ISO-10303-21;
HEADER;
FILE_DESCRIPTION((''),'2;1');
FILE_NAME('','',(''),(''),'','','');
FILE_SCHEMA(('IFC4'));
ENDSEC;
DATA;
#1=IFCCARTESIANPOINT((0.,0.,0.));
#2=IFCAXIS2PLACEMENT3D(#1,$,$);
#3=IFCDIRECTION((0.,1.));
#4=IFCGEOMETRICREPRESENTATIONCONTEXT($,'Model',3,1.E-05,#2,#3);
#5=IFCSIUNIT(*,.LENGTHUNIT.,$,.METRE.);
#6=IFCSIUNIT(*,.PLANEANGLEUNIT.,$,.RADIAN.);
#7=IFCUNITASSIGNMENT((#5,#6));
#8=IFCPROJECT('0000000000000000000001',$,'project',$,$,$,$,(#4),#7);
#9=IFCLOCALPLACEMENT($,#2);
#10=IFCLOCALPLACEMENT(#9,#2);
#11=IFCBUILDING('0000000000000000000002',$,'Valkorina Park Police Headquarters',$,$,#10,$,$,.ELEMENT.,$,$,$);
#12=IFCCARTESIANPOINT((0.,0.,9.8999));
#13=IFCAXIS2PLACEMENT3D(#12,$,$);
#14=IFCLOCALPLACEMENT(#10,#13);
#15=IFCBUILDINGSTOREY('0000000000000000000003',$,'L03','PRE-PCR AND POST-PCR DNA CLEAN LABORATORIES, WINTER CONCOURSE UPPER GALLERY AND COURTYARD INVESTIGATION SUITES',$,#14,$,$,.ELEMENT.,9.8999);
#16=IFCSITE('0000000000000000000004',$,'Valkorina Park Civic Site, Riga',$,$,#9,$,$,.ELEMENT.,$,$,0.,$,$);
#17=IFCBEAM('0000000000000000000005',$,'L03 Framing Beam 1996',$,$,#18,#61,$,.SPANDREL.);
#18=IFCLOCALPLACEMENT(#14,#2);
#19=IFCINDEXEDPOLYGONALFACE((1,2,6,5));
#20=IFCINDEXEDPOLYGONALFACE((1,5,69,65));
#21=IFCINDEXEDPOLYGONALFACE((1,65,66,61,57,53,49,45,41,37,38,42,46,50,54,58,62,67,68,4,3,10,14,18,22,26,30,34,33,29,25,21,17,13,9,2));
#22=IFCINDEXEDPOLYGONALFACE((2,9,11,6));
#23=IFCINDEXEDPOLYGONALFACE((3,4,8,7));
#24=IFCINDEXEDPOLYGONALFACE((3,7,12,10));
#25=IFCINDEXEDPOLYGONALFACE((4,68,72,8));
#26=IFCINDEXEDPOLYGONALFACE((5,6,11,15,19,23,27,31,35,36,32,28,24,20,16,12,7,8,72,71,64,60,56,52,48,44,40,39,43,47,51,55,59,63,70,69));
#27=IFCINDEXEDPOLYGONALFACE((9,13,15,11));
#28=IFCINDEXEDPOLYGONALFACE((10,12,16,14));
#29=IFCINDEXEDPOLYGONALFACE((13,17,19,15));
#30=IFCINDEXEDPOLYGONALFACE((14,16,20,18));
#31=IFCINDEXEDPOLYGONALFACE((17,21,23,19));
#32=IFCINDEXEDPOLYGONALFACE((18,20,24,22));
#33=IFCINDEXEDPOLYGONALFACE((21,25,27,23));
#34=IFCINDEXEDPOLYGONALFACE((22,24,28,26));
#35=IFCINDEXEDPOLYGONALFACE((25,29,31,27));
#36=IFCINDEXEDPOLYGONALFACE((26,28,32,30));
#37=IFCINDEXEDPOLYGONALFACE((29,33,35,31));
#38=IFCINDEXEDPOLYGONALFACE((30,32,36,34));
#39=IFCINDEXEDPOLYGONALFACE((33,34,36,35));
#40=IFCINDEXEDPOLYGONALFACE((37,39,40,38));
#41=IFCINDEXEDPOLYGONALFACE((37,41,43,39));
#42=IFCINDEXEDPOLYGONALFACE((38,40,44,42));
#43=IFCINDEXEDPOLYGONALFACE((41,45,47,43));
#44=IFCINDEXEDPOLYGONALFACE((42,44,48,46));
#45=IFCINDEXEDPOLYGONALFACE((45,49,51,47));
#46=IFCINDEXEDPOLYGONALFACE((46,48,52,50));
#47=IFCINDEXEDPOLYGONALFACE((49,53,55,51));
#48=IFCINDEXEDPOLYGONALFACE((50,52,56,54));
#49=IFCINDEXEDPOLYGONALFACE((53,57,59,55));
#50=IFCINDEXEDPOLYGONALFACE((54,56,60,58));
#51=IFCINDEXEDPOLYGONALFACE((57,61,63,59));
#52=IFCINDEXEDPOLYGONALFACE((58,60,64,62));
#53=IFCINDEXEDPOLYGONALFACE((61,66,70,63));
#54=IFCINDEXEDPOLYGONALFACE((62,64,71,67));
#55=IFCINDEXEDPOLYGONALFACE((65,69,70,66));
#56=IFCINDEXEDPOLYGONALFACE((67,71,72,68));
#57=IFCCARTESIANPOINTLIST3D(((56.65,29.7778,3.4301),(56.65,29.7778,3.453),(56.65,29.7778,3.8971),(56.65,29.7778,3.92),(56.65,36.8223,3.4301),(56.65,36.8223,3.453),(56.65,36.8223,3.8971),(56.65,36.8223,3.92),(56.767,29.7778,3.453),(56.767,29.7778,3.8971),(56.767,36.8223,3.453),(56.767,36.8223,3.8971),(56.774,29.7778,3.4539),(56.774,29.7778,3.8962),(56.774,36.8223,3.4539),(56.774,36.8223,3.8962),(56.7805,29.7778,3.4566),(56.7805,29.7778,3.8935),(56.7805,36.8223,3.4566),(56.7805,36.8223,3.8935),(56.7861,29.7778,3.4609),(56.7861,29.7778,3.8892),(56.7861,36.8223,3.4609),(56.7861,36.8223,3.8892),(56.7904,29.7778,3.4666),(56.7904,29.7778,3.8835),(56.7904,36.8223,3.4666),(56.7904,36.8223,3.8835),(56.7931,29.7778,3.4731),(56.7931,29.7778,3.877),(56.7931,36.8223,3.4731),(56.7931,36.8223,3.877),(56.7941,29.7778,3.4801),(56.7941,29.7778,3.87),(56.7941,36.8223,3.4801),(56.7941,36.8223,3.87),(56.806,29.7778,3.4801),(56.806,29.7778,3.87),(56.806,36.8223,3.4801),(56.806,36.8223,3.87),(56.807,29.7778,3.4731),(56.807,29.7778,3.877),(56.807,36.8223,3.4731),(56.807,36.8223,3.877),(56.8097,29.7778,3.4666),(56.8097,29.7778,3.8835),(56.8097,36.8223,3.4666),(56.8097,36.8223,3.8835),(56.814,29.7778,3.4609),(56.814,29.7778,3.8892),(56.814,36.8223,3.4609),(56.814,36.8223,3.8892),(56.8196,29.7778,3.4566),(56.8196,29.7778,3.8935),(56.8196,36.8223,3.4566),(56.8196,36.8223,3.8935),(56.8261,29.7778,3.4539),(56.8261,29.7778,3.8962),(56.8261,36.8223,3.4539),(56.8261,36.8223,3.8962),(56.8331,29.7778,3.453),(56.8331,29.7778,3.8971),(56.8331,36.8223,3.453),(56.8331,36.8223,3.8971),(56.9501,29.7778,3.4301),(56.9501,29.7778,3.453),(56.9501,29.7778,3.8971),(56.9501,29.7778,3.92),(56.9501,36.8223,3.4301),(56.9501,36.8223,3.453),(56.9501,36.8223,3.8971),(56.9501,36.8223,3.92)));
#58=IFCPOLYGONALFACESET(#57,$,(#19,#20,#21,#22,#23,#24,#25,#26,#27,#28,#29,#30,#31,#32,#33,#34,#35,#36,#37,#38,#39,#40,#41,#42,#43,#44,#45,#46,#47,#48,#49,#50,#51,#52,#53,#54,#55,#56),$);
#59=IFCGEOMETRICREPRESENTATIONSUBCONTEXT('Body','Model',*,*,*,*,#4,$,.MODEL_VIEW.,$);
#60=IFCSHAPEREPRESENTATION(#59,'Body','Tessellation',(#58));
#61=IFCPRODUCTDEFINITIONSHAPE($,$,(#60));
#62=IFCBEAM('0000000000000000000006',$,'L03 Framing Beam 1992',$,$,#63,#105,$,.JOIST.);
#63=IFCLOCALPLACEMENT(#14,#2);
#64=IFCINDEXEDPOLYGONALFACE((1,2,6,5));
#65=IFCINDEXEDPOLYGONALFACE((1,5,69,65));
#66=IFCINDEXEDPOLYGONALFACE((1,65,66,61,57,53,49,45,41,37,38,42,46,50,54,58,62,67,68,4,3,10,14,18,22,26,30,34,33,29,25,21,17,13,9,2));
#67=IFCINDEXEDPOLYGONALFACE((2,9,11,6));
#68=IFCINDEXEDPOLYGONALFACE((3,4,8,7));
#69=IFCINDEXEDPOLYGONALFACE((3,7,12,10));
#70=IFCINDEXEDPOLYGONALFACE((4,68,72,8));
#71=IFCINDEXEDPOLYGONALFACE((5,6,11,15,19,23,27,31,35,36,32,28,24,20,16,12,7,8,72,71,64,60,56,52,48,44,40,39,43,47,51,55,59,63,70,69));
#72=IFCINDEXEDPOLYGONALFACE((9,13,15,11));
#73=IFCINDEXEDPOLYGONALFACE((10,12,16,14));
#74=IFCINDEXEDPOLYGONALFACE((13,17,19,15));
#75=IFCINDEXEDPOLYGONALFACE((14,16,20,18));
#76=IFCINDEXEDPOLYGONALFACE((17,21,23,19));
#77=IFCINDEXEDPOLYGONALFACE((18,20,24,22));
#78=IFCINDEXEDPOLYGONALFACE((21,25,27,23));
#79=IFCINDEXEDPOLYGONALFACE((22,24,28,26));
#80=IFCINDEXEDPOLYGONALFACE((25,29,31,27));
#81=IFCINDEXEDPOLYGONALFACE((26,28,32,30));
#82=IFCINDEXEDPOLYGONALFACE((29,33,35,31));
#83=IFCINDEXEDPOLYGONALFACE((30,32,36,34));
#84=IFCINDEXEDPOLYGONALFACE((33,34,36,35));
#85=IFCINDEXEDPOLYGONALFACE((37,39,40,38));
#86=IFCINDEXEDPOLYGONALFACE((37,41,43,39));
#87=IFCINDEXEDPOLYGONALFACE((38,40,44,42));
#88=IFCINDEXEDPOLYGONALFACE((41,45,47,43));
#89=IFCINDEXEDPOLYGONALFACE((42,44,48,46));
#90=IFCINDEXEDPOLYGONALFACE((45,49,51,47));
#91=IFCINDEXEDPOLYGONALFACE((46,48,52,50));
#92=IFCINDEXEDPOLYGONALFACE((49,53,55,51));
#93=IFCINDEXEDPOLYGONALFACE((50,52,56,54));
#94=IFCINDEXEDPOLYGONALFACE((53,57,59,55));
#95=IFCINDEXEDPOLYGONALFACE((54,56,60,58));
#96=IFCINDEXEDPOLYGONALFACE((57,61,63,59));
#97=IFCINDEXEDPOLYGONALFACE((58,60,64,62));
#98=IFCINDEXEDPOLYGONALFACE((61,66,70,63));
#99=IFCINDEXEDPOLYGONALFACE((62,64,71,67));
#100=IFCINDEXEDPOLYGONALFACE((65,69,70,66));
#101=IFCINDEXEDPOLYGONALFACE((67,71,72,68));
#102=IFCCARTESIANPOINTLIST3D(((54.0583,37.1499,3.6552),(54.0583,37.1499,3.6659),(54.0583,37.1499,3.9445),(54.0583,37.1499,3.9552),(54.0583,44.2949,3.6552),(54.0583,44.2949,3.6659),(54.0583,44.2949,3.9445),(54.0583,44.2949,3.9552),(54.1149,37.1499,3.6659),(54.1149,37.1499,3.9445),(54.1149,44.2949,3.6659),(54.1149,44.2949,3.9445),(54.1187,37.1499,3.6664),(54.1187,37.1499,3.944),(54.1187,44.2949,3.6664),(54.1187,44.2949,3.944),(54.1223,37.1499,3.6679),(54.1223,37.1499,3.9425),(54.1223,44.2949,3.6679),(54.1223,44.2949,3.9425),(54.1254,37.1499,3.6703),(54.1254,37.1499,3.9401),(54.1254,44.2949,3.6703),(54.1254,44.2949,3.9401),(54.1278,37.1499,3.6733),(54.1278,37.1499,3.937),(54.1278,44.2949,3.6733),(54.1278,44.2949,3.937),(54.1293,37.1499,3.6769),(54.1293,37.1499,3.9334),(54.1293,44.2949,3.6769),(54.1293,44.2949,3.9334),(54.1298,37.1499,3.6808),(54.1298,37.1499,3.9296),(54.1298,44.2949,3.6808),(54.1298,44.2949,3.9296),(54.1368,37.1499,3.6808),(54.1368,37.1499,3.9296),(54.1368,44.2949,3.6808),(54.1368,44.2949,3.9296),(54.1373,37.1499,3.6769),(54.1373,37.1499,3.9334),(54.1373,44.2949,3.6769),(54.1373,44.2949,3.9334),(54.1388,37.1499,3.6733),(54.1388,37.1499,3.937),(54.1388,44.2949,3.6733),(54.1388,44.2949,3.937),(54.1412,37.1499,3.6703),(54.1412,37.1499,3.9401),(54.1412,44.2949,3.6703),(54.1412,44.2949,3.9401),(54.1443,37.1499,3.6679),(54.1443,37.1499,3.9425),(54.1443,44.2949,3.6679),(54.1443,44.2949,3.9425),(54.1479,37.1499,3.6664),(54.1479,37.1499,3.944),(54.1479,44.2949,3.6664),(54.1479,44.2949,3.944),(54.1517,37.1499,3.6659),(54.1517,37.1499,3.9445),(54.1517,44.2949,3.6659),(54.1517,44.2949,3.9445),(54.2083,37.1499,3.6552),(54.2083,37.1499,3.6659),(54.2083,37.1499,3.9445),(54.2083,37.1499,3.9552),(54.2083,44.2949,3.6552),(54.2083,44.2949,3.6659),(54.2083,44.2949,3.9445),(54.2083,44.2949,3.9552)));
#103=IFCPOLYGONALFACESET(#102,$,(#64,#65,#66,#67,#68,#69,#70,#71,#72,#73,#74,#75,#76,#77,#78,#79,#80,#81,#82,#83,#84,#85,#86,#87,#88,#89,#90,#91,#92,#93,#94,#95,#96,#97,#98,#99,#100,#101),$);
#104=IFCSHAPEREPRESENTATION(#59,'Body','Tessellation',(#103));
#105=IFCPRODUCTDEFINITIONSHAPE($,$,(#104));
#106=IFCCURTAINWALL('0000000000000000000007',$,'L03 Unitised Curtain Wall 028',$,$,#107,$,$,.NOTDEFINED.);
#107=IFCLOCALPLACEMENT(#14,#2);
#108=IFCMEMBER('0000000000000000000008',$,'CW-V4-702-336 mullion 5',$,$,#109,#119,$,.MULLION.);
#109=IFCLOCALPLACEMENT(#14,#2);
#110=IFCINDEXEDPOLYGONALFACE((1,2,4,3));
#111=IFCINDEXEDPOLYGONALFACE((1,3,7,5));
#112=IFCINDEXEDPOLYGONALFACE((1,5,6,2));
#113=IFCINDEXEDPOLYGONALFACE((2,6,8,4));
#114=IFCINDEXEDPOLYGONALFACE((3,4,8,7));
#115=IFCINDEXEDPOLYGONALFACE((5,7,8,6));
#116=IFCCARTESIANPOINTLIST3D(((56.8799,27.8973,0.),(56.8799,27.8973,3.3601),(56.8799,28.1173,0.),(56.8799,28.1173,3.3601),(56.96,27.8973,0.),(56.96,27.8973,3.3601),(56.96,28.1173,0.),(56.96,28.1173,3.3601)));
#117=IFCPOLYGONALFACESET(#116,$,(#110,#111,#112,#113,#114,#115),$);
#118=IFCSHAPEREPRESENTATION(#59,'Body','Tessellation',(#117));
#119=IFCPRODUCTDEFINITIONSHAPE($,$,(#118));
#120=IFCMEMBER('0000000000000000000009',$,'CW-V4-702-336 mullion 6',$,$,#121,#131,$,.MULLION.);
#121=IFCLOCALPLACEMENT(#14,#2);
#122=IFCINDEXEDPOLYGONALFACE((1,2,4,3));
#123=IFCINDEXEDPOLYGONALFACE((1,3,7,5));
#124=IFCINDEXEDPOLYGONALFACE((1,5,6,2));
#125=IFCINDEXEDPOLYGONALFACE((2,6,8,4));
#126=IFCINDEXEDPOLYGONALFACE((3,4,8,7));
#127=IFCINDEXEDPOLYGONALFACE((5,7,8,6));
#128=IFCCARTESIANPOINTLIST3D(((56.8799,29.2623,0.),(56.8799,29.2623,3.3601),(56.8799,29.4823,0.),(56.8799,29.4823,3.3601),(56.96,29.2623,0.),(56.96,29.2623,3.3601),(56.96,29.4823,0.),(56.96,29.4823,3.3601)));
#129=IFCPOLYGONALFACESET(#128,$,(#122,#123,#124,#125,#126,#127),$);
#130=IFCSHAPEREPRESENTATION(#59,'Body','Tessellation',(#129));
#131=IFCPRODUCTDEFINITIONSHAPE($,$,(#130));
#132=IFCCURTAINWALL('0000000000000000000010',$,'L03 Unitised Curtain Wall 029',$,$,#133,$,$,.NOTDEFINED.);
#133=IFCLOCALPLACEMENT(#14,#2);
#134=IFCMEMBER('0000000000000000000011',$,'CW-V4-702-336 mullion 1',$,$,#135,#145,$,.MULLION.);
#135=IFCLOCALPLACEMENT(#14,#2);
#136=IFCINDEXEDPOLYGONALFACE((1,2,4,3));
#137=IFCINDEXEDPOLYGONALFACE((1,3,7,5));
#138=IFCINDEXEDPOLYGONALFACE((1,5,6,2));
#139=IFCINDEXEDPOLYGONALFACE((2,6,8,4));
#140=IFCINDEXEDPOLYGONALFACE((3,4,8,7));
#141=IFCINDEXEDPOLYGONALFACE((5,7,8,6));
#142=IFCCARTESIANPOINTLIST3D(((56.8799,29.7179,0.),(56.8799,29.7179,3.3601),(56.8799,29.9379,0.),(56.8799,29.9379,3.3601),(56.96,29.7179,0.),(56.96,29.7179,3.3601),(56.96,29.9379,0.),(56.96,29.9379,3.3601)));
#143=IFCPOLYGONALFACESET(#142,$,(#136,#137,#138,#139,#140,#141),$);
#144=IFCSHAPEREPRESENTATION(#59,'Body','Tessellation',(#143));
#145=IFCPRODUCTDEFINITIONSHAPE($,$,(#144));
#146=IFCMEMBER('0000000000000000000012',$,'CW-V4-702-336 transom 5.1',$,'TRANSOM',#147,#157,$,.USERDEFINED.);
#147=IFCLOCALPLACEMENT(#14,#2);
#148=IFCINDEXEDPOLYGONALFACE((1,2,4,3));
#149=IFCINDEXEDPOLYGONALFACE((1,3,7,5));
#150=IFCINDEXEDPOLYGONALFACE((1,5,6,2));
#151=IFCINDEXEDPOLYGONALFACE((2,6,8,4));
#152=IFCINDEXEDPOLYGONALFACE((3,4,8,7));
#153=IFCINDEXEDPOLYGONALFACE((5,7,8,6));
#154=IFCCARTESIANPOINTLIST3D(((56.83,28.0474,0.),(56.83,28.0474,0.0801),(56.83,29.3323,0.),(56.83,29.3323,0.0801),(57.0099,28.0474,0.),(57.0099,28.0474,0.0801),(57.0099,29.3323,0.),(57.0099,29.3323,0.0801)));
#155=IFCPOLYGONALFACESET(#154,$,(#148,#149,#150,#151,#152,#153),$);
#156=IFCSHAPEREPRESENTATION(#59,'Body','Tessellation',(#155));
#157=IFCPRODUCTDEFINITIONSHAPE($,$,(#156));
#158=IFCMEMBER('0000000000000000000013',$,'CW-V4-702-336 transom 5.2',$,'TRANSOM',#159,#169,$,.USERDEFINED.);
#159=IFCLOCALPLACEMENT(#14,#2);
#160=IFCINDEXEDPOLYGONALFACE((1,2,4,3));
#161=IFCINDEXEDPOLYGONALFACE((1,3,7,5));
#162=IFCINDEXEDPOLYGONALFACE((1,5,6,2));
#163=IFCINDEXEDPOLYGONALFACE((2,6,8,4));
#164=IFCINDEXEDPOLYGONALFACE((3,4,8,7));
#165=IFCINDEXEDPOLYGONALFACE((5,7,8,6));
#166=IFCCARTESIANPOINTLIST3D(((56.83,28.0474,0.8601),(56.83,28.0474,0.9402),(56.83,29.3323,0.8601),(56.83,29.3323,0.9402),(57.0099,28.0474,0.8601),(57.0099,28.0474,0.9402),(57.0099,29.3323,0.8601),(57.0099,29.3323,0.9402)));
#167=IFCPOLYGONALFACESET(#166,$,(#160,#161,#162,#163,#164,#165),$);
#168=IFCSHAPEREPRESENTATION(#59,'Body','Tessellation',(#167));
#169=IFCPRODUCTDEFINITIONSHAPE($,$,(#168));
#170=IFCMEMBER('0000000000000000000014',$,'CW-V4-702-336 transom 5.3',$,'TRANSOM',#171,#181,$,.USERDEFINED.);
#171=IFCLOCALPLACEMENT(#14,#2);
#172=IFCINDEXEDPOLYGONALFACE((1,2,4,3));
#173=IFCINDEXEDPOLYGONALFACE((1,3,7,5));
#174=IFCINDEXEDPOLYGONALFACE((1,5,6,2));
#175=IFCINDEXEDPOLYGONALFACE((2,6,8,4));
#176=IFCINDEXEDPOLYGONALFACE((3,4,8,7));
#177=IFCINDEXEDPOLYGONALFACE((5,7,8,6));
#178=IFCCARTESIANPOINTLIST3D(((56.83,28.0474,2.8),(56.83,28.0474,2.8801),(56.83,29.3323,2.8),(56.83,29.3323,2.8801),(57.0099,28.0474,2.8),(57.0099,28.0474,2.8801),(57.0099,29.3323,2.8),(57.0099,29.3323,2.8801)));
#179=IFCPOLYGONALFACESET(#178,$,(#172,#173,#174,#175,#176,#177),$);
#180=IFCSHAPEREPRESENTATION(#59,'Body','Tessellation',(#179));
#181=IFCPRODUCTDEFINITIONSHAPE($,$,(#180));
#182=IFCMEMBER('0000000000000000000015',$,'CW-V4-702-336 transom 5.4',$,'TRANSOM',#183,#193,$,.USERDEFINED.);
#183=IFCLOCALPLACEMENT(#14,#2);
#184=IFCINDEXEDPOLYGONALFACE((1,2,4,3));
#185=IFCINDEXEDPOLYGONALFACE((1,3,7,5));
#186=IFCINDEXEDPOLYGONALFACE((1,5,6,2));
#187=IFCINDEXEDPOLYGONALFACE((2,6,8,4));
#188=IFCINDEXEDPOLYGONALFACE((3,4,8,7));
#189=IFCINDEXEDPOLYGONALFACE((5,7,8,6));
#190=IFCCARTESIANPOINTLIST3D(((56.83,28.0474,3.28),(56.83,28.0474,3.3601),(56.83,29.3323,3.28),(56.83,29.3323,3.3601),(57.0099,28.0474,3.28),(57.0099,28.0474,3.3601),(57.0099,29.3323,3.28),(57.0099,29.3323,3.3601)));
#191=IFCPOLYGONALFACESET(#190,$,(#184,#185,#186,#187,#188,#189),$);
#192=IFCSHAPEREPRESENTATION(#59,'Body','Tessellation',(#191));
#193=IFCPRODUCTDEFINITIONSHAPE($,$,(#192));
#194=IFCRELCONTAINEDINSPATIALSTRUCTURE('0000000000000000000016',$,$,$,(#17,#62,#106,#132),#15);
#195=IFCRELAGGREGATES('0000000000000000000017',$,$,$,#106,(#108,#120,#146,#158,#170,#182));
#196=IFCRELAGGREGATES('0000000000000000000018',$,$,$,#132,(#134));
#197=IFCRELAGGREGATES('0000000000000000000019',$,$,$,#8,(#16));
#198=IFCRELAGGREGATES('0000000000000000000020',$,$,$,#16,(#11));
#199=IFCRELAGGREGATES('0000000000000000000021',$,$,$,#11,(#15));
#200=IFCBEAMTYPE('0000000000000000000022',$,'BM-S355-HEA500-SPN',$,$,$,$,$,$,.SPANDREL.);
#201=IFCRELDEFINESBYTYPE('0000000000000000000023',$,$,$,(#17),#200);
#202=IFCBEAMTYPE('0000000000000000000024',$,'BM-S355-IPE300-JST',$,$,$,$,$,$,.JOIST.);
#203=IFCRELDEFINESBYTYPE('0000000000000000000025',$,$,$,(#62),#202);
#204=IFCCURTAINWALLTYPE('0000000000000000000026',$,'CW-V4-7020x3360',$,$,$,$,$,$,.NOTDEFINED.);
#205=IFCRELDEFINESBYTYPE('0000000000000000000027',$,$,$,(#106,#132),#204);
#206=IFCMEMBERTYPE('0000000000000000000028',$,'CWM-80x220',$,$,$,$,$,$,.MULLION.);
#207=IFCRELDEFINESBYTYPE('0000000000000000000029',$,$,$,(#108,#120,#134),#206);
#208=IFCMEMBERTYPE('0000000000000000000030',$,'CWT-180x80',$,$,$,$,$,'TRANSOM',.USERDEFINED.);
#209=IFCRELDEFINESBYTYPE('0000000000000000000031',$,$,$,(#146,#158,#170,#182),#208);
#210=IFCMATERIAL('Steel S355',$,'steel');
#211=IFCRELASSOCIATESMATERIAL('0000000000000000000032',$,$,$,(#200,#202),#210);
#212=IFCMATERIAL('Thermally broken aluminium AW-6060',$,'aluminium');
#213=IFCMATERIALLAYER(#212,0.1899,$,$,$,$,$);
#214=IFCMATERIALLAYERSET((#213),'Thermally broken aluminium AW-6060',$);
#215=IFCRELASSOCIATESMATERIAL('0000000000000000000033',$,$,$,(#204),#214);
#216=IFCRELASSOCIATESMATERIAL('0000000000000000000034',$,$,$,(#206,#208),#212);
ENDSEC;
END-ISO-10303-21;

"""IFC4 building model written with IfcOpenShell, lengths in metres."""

from ifc_helpers import new_model, si_unit, direction, frame, origin, origin_2d, place, context, subcontext, project, spatial, rectangle, i_section, extrude, material, layer, layer_set, material_profile, profile_set, type_object, element, aggregate, save


model = new_model("IFC4")

# Units and contexts
model_context = context("Model", 3, precision=1e-05, world=origin(), true_north=direction((0.0, 1.0)))
body_context = subcontext(model_context, "Body", "Model", "MODEL_VIEW")
ifc_project = project(units=[si_unit("LENGTHUNIT", "METRE"), si_unit("PLANEANGLEUNIT", "RADIAN")], contexts=[model_context])

# Site, building, storey
site_placement = place(None, origin())
site = spatial("IfcSite", under=ifc_project, at=site_placement, Name="Valkorina Park Civic Site, Riga", CompositionType="ELEMENT", RefElevation=0.0)
building_placement = place(site_placement, origin())
building = spatial("IfcBuilding", under=site, at=building_placement, Name="Valkorina Park Police Headquarters", CompositionType="ELEMENT")
storey_placement = place(building_placement, frame((0.0, 0.0, 9.8999)))
storey = spatial("IfcBuildingStorey", under=building, at=storey_placement, Name="L03", Description="PRE-PCR AND POST-PCR DNA CLEAN LABORATORIES, WINTER CONCOURSE UPPER GALLERY AND COURTYARD INVESTIGATION SUITES", CompositionType="ELEMENT", Elevation=9.8999)

# Shared definitions
ifc_material_1 = material(Name="Steel S355", Category="steel")

# Beams
ifc_material_profile_1 = material_profile(ifc_material_1, i_section(OverallWidth=0.3, OverallDepth=0.49, WebThickness=0.012, FlangeThickness=0.0229, FilletRadius=0.0271, at=origin_2d()), Name="HEA 500")
ifc_profile_set_1 = profile_set([ifc_material_profile_1], Name="Steel S355")
beam_type_1 = type_object("IfcBeamType", Name="BM-S355-HEA500-SPN", PredefinedType="SPANDREL", material=ifc_profile_set_1)
beam_1_placement = place(storey_placement, frame((56.8, 29.7778, 3.675), z_axis=(0.0, 1.0, 0.0), x_axis=(-1.0, 0.0, 0.0)))
element("IfcBeam", 1, at=beam_1_placement, inside=storey, type_object=beam_type_1, Name="L03 Framing Beam 1996", PredefinedType="SPANDREL", context=body_context, shape_type="SweptSolid", body=[
    extrude(i_section(OverallWidth=0.3, OverallDepth=0.49, WebThickness=0.012, FlangeThickness=0.0229, FilletRadius=0.0271, at=origin_2d()), origin(), (0.0, 0.0, 1.0), 7.0444),
])
ifc_material_profile_2 = material_profile(ifc_material_1, i_section(OverallWidth=0.1499, OverallDepth=0.3, WebThickness=0.0071, FlangeThickness=0.0107, FilletRadius=0.0149, at=origin_2d()), Name="IPE 300")
ifc_profile_set_2 = profile_set([ifc_material_profile_2], Name="Steel S355")
beam_type_2 = type_object("IfcBeamType", Name="BM-S355-IPE300-JST", PredefinedType="JOIST", material=ifc_profile_set_2)
beam_2_placement = place(storey_placement, frame((54.1333, 37.1499, 3.8052), z_axis=(0.0, 1.0, 0.0), x_axis=(-1.0, 0.0, 0.0)))
element("IfcBeam", 2, at=beam_2_placement, inside=storey, type_object=beam_type_2, Name="L03 Framing Beam 1992", PredefinedType="JOIST", context=body_context, shape_type="SweptSolid", body=[
    extrude(i_section(OverallWidth=0.1499, OverallDepth=0.3, WebThickness=0.0071, FlangeThickness=0.0107, FilletRadius=0.0149, at=origin_2d()), origin(), (0.0, 0.0, 1.0), 7.145),
])

# Curtain wall, members
ifc_material_2 = material(Name="Thermally broken aluminium AW-6060", Category="aluminium")
ifc_layer_1 = layer(ifc_material_2, 0.1899)
ifc_layer_set_1 = layer_set([ifc_layer_1], Name="Thermally broken aluminium AW-6060")
curtain_wall_type = type_object("IfcCurtainWallType", Name="CW-V4-7020x3360", PredefinedType="NOTDEFINED", material=ifc_layer_set_1)
curtain_wall_1_placement = place(storey_placement, origin())
curtain_wall_1 = element("IfcCurtainWall", 3, at=curtain_wall_1_placement, inside=storey, type_object=curtain_wall_type, Name="L03 Unitised Curtain Wall 028", PredefinedType="NOTDEFINED")
ifc_material_profile_3 = material_profile(ifc_material_2, rectangle(XDim=0.0801, YDim=0.22, at=origin_2d()), Name="CWM-03 80x220")
ifc_profile_set_3 = profile_set([ifc_material_profile_3], Name="Thermally broken aluminium AW-6060")
member_type_1 = type_object("IfcMemberType", Name="CWM-80x220", PredefinedType="MULLION", material=ifc_profile_set_3)
member_1_placement = place(storey_placement, frame((56.9199, 28.0073, 0.0), z_axis=(0.0, 0.0, 1.0), x_axis=(-1.0, 0.0, 0.0)))
member_1 = element("IfcMember", 4, at=member_1_placement, type_object=member_type_1, Name="CW-V4-702-336 mullion 5", PredefinedType="MULLION", context=body_context, shape_type="SweptSolid", body=[
    extrude(rectangle(XDim=0.0801, YDim=0.22, at=origin_2d()), origin(), (0.0, 0.0, 1.0), 3.3601),
])
member_2_placement = place(storey_placement, frame((56.9199, 29.3723, 0.0), z_axis=(0.0, 0.0, 1.0), x_axis=(-1.0, 0.0, 0.0)))
member_2 = element("IfcMember", 5, at=member_2_placement, type_object=member_type_1, Name="CW-V4-702-336 mullion 6", PredefinedType="MULLION", context=body_context, shape_type="SweptSolid", body=[
    extrude(rectangle(XDim=0.0801, YDim=0.22, at=origin_2d()), origin(), (0.0, 0.0, 1.0), 3.3601),
])

# Curtain wall, member
curtain_wall_2_placement = place(storey_placement, origin())
curtain_wall_2 = element("IfcCurtainWall", 6, at=curtain_wall_2_placement, inside=storey, type_object=curtain_wall_type, Name="L03 Unitised Curtain Wall 029", PredefinedType="NOTDEFINED")
member_3_placement = place(storey_placement, frame((56.9199, 29.8279, 0.0), z_axis=(0.0, 0.0, 1.0), x_axis=(-1.0, 0.0, 0.0)))
member_3 = element("IfcMember", 7, at=member_3_placement, type_object=member_type_1, Name="CW-V4-702-336 mullion 1", PredefinedType="MULLION", context=body_context, shape_type="SweptSolid", body=[
    extrude(rectangle(XDim=0.0801, YDim=0.22, at=origin_2d()), origin(), (0.0, 0.0, 1.0), 3.3601),
])

# Members
ifc_material_profile_4 = material_profile(ifc_material_2, rectangle(XDim=0.1799, YDim=0.0801, at=origin_2d()), Name="CWT-03 180x80")
ifc_profile_set_4 = profile_set([ifc_material_profile_4], Name="Thermally broken aluminium AW-6060")
member_type_2 = type_object("IfcMemberType", Name="CWT-180x80", ElementType="TRANSOM", PredefinedType="USERDEFINED", material=ifc_profile_set_4)
member_4_placement = place(storey_placement, frame((56.9199, 28.0474, 0.04), z_axis=(0.0, 1.0, 0.0), x_axis=(-1.0, 0.0, 0.0)))
member_4 = element("IfcMember", 8, at=member_4_placement, type_object=member_type_2, Name="CW-V4-702-336 transom 5.1", ObjectType="TRANSOM", PredefinedType="USERDEFINED", context=body_context, shape_type="SweptSolid", body=[
    extrude(rectangle(XDim=0.1799, YDim=0.0801, at=origin_2d()), origin(), (0.0, 0.0, 1.0), 1.2849),
])
member_5_placement = place(storey_placement, frame((56.9199, 28.0474, 0.9001), z_axis=(0.0, 1.0, 0.0), x_axis=(-1.0, 0.0, 0.0)))
member_5 = element("IfcMember", 9, at=member_5_placement, type_object=member_type_2, Name="CW-V4-702-336 transom 5.2", ObjectType="TRANSOM", PredefinedType="USERDEFINED", context=body_context, shape_type="SweptSolid", body=[
    extrude(rectangle(XDim=0.1799, YDim=0.0801, at=origin_2d()), origin(), (0.0, 0.0, 1.0), 1.2849),
])
member_6_placement = place(storey_placement, frame((56.9199, 28.0474, 2.8401), z_axis=(0.0, 1.0, 0.0), x_axis=(-1.0, 0.0, 0.0)))
member_6 = element("IfcMember", 10, at=member_6_placement, type_object=member_type_2, Name="CW-V4-702-336 transom 5.3", ObjectType="TRANSOM", PredefinedType="USERDEFINED", context=body_context, shape_type="SweptSolid", body=[
    extrude(rectangle(XDim=0.1799, YDim=0.0801, at=origin_2d()), origin(), (0.0, 0.0, 1.0), 1.2849),
])
member_7_placement = place(storey_placement, frame((56.9199, 28.0474, 3.3201), z_axis=(0.0, 1.0, 0.0), x_axis=(-1.0, 0.0, 0.0)))
member_7 = element("IfcMember", 11, at=member_7_placement, type_object=member_type_2, Name="CW-V4-702-336 transom 5.4", ObjectType="TRANSOM", PredefinedType="USERDEFINED", context=body_context, shape_type="SweptSolid", body=[
    extrude(rectangle(XDim=0.1799, YDim=0.0801, at=origin_2d()), origin(), (0.0, 0.0, 1.0), 1.2849),
])

aggregate(curtain_wall_1, [member_1, member_2, member_4, member_5, member_6, member_7])
aggregate(curtain_wall_2, [member_3])

save(model, "model.ifc")
